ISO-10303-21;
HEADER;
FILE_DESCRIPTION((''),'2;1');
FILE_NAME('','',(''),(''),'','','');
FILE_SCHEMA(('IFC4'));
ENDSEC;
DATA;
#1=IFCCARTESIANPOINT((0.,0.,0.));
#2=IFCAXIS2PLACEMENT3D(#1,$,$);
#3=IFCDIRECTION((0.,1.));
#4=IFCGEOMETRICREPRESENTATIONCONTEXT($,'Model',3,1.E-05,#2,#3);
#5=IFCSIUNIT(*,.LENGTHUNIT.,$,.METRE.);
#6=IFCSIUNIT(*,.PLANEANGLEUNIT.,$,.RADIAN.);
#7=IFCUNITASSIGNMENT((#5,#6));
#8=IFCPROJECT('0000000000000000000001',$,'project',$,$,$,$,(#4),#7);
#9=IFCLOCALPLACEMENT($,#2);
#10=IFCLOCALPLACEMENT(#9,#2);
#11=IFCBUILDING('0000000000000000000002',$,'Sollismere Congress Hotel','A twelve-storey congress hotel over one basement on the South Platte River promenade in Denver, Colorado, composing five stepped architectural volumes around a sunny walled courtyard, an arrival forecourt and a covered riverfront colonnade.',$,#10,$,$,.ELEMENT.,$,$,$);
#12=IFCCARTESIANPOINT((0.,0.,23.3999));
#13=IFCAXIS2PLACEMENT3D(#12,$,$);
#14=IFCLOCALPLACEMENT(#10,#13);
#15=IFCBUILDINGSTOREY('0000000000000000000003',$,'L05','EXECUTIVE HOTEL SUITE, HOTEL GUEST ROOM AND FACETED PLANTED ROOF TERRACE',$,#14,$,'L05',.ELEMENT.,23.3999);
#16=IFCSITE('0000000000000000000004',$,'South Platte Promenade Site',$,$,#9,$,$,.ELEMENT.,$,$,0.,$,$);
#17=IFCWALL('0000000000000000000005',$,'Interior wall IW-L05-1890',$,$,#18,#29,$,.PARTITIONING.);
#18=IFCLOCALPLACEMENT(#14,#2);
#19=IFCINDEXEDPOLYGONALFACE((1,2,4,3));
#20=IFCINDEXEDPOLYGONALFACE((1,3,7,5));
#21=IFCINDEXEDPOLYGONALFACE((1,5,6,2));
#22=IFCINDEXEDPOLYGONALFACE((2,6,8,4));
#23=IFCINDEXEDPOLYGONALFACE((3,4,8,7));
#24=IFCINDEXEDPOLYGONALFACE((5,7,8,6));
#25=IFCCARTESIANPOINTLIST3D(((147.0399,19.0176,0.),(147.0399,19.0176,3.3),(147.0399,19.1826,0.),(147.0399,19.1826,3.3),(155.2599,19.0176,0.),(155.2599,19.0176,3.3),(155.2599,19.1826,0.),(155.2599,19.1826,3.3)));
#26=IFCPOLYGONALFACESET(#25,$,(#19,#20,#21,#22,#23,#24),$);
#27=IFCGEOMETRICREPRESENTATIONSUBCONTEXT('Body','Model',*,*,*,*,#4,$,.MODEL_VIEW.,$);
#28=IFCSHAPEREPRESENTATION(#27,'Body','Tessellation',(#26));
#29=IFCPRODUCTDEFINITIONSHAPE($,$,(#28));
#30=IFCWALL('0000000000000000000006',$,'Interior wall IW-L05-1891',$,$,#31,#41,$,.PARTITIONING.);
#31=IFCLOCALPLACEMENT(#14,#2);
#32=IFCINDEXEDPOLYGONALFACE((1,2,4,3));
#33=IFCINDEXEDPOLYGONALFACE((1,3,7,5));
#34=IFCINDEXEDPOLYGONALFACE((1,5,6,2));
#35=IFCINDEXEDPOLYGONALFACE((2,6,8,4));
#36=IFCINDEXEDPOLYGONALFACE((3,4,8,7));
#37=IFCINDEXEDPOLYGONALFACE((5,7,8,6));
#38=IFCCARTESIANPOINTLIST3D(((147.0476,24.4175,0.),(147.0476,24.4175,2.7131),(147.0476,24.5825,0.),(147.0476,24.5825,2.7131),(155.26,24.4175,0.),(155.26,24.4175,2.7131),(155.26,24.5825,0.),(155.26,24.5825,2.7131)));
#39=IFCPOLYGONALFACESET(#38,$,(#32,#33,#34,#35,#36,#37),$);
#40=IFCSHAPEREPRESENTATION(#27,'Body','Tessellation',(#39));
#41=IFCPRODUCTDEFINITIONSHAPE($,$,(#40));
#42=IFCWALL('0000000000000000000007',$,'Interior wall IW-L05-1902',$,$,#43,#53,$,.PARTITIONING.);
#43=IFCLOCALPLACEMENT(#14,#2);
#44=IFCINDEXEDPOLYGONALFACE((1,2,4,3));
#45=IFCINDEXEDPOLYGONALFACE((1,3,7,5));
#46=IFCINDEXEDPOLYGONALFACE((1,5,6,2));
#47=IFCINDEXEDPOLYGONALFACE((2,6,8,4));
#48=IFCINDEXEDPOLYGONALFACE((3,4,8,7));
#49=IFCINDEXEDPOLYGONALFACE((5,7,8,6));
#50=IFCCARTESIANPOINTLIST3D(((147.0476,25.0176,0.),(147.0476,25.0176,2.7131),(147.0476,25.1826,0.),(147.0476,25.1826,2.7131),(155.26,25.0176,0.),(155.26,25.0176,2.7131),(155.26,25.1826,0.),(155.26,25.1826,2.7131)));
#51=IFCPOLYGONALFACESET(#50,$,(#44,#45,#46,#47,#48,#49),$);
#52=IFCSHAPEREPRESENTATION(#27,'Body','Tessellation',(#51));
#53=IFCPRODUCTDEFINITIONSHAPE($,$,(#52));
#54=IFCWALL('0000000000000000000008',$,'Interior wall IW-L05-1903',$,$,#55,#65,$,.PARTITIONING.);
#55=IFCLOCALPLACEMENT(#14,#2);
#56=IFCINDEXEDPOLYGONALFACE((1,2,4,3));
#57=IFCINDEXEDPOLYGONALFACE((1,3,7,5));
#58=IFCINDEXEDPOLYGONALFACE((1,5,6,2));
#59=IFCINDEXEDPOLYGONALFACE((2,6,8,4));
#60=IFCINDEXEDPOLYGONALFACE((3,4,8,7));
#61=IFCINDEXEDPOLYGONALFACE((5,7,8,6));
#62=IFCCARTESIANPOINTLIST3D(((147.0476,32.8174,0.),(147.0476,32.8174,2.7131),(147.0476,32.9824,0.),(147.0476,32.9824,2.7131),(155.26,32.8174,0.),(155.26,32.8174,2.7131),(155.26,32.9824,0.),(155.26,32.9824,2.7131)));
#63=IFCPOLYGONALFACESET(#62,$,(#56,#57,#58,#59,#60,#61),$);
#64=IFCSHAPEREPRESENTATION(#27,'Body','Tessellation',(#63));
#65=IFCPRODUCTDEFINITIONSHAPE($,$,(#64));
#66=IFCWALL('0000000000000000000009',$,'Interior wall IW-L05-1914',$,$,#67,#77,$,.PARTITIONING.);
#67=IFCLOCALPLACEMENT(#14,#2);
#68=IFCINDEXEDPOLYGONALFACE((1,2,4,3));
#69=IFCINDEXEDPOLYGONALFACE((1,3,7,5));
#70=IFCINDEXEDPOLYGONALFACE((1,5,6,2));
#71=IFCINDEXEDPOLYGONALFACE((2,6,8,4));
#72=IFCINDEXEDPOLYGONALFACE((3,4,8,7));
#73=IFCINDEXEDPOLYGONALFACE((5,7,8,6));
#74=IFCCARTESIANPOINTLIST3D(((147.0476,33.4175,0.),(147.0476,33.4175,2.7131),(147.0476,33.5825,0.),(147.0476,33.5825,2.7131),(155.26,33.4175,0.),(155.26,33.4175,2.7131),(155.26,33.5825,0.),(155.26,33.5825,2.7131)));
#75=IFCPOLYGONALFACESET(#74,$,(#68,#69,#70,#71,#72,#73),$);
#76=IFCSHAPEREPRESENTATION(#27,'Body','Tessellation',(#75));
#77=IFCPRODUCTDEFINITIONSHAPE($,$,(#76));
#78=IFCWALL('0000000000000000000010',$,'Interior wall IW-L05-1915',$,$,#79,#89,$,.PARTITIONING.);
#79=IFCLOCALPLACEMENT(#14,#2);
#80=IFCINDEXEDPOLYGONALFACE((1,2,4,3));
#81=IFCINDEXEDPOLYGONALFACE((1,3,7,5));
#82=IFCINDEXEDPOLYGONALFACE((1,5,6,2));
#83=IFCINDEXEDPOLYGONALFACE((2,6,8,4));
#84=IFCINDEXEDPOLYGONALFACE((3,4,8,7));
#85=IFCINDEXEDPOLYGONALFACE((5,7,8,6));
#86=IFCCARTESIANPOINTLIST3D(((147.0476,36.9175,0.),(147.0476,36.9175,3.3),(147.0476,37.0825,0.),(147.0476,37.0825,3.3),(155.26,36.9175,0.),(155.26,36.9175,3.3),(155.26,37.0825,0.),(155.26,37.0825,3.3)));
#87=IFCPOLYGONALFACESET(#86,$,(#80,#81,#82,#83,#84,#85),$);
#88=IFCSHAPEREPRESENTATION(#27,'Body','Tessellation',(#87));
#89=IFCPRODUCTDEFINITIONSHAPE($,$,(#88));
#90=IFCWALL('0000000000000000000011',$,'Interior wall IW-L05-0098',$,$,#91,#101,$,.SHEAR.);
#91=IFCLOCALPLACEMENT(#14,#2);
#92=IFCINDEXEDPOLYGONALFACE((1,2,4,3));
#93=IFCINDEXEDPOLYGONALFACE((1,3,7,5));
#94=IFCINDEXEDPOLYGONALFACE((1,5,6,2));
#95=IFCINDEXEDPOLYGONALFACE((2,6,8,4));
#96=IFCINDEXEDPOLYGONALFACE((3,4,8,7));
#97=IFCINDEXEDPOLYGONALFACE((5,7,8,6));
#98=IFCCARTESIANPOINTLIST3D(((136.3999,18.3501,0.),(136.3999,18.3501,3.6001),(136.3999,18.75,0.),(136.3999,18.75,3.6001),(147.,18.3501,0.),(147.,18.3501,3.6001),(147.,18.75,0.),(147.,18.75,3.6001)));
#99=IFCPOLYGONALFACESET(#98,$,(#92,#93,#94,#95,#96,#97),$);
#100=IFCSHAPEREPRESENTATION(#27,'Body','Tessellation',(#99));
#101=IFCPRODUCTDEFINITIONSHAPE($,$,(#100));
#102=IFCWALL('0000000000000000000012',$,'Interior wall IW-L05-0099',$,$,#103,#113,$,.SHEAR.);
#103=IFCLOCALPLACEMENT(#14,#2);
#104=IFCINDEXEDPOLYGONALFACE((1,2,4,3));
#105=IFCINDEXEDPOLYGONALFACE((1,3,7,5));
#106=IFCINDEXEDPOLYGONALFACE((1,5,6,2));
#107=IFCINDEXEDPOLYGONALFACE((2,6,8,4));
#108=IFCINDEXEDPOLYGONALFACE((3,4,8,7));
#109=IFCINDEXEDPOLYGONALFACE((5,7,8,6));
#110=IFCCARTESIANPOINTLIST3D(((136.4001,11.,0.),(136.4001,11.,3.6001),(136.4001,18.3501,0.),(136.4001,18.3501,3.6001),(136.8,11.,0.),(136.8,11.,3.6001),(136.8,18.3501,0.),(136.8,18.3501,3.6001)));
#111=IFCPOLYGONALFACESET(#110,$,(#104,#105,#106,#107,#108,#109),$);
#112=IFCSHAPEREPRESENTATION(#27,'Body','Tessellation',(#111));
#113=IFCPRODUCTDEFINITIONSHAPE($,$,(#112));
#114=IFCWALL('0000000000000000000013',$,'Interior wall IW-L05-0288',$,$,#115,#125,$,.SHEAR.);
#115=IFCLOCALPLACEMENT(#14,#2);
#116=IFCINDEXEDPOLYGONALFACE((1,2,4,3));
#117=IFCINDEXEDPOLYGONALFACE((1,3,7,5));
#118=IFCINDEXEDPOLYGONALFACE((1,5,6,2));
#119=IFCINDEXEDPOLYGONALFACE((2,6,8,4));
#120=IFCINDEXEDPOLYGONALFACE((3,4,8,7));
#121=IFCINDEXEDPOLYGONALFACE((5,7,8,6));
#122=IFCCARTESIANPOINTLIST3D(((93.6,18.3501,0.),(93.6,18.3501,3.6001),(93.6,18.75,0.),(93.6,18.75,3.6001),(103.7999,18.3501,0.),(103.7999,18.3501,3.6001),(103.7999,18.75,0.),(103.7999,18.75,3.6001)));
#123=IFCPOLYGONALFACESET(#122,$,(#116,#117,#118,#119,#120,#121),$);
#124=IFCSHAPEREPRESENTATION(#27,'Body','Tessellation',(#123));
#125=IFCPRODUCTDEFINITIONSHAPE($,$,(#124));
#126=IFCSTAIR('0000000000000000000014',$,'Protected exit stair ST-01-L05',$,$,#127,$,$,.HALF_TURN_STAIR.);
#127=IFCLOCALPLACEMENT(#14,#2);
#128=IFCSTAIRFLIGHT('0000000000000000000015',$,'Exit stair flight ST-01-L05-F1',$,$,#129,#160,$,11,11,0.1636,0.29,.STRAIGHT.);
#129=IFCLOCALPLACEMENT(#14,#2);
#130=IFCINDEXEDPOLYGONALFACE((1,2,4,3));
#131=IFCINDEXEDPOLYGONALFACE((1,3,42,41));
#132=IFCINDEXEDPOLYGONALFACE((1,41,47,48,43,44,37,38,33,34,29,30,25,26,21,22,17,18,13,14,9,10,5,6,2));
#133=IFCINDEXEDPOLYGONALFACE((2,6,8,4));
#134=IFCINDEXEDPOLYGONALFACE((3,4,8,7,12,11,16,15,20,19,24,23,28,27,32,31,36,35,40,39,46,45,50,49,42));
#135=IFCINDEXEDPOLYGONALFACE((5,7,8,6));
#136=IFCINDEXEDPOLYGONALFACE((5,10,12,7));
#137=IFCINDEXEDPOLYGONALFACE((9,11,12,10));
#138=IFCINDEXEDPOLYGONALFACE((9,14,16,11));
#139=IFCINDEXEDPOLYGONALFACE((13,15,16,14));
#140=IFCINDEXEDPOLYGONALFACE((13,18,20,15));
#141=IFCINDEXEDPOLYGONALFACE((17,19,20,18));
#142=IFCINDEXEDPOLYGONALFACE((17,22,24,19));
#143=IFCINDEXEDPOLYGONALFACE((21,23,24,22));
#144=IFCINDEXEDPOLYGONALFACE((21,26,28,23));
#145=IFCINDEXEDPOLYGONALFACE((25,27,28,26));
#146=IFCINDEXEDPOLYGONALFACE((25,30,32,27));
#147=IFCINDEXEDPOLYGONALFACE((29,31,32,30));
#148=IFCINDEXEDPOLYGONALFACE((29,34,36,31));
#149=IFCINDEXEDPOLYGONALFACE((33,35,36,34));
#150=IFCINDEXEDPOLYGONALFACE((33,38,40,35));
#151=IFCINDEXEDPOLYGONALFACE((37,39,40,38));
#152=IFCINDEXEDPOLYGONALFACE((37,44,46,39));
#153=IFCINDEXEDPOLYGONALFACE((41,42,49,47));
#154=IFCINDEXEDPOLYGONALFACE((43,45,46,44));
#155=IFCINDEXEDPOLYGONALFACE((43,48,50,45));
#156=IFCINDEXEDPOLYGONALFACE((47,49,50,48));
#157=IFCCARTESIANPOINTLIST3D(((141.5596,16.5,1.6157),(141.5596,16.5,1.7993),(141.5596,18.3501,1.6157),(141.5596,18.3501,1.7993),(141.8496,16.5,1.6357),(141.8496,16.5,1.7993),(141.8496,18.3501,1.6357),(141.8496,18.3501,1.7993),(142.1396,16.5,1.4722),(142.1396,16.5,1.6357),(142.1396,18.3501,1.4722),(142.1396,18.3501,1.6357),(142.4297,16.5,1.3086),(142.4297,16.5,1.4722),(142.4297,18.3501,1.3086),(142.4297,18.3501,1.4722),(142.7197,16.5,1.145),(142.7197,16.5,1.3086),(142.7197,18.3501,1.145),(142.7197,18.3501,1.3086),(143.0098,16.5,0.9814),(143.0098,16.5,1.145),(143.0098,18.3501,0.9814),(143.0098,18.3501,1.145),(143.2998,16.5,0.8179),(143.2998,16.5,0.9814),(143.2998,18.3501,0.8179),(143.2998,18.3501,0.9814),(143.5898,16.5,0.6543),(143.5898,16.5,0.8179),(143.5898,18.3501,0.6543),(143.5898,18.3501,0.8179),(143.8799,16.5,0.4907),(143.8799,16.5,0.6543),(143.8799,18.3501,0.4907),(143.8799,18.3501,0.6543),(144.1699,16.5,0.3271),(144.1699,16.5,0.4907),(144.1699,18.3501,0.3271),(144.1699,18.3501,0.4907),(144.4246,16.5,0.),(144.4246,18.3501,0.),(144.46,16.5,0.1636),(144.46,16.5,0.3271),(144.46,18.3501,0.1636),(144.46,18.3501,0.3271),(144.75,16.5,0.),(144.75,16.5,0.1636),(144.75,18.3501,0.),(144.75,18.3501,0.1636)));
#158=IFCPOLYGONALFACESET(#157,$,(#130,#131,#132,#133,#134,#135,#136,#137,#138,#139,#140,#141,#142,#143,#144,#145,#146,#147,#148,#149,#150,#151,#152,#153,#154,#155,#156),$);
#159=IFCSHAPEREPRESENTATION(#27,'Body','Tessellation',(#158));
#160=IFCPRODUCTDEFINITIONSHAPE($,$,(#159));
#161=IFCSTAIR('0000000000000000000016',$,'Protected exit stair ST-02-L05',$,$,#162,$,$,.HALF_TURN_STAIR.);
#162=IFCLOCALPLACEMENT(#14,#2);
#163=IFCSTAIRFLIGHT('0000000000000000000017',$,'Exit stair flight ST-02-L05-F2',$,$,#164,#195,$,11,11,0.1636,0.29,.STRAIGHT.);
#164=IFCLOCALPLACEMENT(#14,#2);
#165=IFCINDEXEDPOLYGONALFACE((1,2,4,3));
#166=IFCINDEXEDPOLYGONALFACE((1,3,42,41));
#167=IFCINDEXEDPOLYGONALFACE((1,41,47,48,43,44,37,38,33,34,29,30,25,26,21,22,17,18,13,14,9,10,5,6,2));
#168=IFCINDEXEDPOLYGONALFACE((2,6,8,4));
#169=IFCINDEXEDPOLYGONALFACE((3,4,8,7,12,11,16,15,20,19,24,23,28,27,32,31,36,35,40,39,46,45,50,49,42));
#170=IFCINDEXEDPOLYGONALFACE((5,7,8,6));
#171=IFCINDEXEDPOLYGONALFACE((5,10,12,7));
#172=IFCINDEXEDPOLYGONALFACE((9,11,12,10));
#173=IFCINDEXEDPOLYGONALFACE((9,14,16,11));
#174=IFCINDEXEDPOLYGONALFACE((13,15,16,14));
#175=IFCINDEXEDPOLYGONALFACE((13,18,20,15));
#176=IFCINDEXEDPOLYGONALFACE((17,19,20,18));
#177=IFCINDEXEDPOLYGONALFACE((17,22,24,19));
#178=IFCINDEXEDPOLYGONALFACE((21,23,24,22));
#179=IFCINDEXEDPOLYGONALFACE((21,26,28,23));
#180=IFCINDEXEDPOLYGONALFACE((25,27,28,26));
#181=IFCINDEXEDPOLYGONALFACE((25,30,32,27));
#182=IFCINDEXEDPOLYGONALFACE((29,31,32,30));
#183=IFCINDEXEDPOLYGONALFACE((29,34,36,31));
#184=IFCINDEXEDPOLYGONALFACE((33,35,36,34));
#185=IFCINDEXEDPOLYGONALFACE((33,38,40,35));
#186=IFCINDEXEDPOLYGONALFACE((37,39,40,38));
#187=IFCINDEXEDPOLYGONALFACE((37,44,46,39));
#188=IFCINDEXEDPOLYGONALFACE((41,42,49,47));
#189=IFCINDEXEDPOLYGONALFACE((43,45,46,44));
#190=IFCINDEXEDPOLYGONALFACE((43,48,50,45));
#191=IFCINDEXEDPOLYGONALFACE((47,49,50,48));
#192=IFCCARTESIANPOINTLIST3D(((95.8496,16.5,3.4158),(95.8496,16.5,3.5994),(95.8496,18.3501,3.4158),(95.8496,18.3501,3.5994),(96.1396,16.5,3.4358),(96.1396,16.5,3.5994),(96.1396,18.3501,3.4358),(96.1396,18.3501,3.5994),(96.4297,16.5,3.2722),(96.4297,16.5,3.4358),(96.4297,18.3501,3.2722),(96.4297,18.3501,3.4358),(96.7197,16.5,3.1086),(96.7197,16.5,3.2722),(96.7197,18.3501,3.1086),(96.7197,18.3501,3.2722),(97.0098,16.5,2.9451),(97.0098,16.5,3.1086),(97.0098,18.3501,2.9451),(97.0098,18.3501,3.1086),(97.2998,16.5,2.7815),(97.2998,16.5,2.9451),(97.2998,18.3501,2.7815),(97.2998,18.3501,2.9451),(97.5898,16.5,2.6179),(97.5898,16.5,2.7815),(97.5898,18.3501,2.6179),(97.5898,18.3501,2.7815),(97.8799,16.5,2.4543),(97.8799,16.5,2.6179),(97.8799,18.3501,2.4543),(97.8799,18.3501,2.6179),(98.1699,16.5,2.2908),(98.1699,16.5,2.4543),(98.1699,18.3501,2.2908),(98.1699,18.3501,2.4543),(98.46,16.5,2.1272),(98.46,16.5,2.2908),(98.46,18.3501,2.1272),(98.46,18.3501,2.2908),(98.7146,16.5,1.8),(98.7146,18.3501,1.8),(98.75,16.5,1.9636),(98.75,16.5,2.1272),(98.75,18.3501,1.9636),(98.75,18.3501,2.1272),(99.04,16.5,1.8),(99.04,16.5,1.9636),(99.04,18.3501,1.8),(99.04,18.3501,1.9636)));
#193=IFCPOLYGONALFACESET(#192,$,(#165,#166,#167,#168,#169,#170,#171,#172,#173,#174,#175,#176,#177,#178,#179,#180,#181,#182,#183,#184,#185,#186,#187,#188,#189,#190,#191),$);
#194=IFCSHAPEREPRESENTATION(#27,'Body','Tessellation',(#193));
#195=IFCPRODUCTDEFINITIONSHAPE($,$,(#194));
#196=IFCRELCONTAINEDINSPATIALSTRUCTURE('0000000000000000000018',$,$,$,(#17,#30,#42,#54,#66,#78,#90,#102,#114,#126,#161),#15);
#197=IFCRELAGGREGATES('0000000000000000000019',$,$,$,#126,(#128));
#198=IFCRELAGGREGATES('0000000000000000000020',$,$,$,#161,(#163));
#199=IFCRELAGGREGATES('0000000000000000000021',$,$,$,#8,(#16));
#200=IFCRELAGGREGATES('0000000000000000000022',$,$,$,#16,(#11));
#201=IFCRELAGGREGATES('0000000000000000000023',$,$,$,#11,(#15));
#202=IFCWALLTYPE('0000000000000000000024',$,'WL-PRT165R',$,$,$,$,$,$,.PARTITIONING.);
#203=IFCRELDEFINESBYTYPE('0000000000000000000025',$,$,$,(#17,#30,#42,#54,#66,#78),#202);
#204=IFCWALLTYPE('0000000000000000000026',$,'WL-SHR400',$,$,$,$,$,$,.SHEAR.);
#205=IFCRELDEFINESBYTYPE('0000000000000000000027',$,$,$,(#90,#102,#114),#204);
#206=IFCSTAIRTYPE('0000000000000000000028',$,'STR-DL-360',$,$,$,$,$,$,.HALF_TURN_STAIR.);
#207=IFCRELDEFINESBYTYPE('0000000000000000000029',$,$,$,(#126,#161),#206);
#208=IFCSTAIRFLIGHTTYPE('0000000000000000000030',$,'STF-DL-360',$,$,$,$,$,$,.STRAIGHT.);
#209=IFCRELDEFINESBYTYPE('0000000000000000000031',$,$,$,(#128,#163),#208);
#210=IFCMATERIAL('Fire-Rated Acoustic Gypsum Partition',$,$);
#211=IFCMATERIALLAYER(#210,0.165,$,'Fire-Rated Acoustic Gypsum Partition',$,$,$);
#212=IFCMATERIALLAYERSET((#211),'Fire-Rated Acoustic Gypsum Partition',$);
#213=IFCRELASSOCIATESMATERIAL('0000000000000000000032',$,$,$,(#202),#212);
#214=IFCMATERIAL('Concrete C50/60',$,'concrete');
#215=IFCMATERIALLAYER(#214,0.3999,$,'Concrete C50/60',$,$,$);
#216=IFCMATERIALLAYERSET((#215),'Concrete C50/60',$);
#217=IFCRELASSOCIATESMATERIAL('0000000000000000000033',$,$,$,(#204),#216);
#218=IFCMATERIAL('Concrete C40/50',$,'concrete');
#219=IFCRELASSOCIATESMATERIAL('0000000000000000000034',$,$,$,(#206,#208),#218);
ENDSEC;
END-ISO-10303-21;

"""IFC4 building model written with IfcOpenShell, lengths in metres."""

from ifc_helpers import new_model, si_unit, direction, frame, frame_2d, origin, place, context, subcontext, project, spatial, polyline, rectangle, outline, extrude, material, layer, layer_set, type_object, element, aggregate, save


model = new_model("IFC4")

# Units and contexts
model_context = context("Model", 3, precision=1e-05, world=origin(), true_north=direction((0.0, 1.0)))
body_context = subcontext(model_context, "Body", "Model", "MODEL_VIEW")
ifc_project = project(units=[si_unit("LENGTHUNIT", "METRE"), si_unit("PLANEANGLEUNIT", "RADIAN")], contexts=[model_context])

# Site, building, storey
site_placement = place(None, origin())
site = spatial("IfcSite", under=ifc_project, at=site_placement, Name="South Platte Promenade Site", CompositionType="ELEMENT", RefElevation=0.0)
building_placement = place(site_placement, origin())
building = spatial("IfcBuilding", under=site, at=building_placement, Name="Sollismere Congress Hotel", Description="A twelve-storey congress hotel over one basement on the South Platte River promenade in Denver, Colorado, composing five stepped architectural volumes around a sunny walled courtyard, an arrival forecourt and a covered riverfront colonnade.", CompositionType="ELEMENT")
storey_placement = place(building_placement, frame((0.0, 0.0, 23.3999)))
storey = spatial("IfcBuildingStorey", under=building, at=storey_placement, Name="L05", Description="EXECUTIVE HOTEL SUITE, HOTEL GUEST ROOM AND FACETED PLANTED ROOF TERRACE", LongName="L05", CompositionType="ELEMENT", Elevation=23.3999)

# Walls
ifc_material_1 = material(Name="Fire-Rated Acoustic Gypsum Partition")
ifc_layer_1 = layer(ifc_material_1, 0.165, Name="Fire-Rated Acoustic Gypsum Partition")
ifc_layer_set_1 = layer_set([ifc_layer_1], Name="Fire-Rated Acoustic Gypsum Partition")
wall_type_1 = type_object("IfcWallType", Name="WL-PRT165R", PredefinedType="PARTITIONING", material=ifc_layer_set_1)
wall_1_placement = place(storey_placement, frame((147.04, 19.1001, 0.0), z_axis=(0.0, 0.0, 1.0), x_axis=(1.0, 0.0, 0.0)))
element("IfcWall", 1, at=wall_1_placement, inside=storey, type_object=wall_type_1, Name="Interior wall IW-L05-1890", PredefinedType="PARTITIONING", context=body_context, shape_type="SweptSolid", body=[
    extrude(rectangle(XDim=8.22, YDim=0.165, at=frame_2d((4.1099, 0.0))), origin(), (0.0, 0.0, 1.0), 3.3),
])
for number, where, z_axis, x_axis, name in (
    (2, (147.0476, 24.5, 0.0), (0.0, 0.0, 1.0), (1.0, 0.0, 0.0), "Interior wall IW-L05-1891"),
    (3, (147.0476, 25.1001, 0.0), (0.0, 0.0, 1.0), (1.0, 0.0, 0.0), "Interior wall IW-L05-1902"),
    (4, (147.0476, 32.8999, 0.0), (0.0, 0.0, 1.0), (1.0, 0.0, 0.0), "Interior wall IW-L05-1903"),
    (5, (147.0476, 33.5, 0.0), (0.0, 0.0, 1.0), (1.0, 0.0, 0.0), "Interior wall IW-L05-1914"),
):
    element("IfcWall", number, at=place(storey_placement, frame(where, z_axis=z_axis, x_axis=x_axis)), inside=storey, type_object=wall_type_1, Name=name, PredefinedType="PARTITIONING", context=body_context, shape_type="SweptSolid", body=[
        extrude(rectangle(XDim=8.2124, YDim=0.165, at=frame_2d((4.1062, 0.0))), origin(), (0.0, 0.0, 1.0), 2.7131),
    ])
wall_2_placement = place(storey_placement, frame((147.0476, 37.0, 0.0), z_axis=(0.0, 0.0, 1.0), x_axis=(1.0, 0.0, 0.0)))
element("IfcWall", 6, at=wall_2_placement, inside=storey, type_object=wall_type_1, Name="Interior wall IW-L05-1915", PredefinedType="PARTITIONING", context=body_context, shape_type="SweptSolid", body=[
    extrude(rectangle(XDim=8.2124, YDim=0.165, at=frame_2d((4.1062, 0.0))), origin(), (0.0, 0.0, 1.0), 3.3),
])
ifc_material_2 = material(Name="Concrete C50/60", Category="concrete")
ifc_layer_2 = layer(ifc_material_2, 0.3999, Name="Concrete C50/60")
ifc_layer_set_2 = layer_set([ifc_layer_2], Name="Concrete C50/60")
wall_type_2 = type_object("IfcWallType", Name="WL-SHR400", PredefinedType="SHEAR", material=ifc_layer_set_2)
wall_3_placement = place(storey_placement, frame((147.0, 18.55, 0.0), z_axis=(0.0, 0.0, 1.0), x_axis=(-1.0, 0.0, 0.0)))
element("IfcWall", 7, at=wall_3_placement, inside=storey, type_object=wall_type_2, Name="Interior wall IW-L05-0098", PredefinedType="SHEAR", context=body_context, shape_type="SweptSolid", body=[
    extrude(rectangle(XDim=10.6001, YDim=0.3999, at=frame_2d((5.3, 0.0))), origin(), (0.0, 0.0, 1.0), 3.6001),
])
wall_4_placement = place(storey_placement, frame((136.6001, 18.3501, 0.0), z_axis=(0.0, 0.0, 1.0), x_axis=(0.0, -1.0, 0.0)))
element("IfcWall", 8, at=wall_4_placement, inside=storey, type_object=wall_type_2, Name="Interior wall IW-L05-0099", PredefinedType="SHEAR", context=body_context, shape_type="SweptSolid", body=[
    extrude(rectangle(XDim=7.3501, YDim=0.3999, at=frame_2d((3.675, 0.0))), origin(), (0.0, 0.0, 1.0), 3.6001),
])
wall_5_placement = place(storey_placement, frame((103.8, 18.55, 0.0), z_axis=(0.0, 0.0, 1.0), x_axis=(-1.0, 0.0, 0.0)))
element("IfcWall", 9, at=wall_5_placement, inside=storey, type_object=wall_type_2, Name="Interior wall IW-L05-0288", PredefinedType="SHEAR", context=body_context, shape_type="SweptSolid", body=[
    extrude(rectangle(XDim=10.2, YDim=0.3999, at=frame_2d((5.1001, 0.0))), origin(), (0.0, 0.0, 1.0), 3.6001),
])

# Stairs, stair flights
ifc_material_3 = material(Name="Concrete C40/50", Category="concrete")
stair_type = type_object("IfcStairType", Name="STR-DL-360", PredefinedType="HALF_TURN_STAIR", material=ifc_material_3)
stair_1_placement = place(storey_placement, origin())
stair_1 = element("IfcStair", 10, at=stair_1_placement, inside=storey, type_object=stair_type, Name="Protected exit stair ST-01-L05", PredefinedType="HALF_TURN_STAIR")
stair_flight_type = type_object("IfcStairFlightType", Name="STF-DL-360", PredefinedType="STRAIGHT", material=ifc_material_3)
stair_flight_1_placement = place(storey_placement, frame((144.75, 17.425, 0.0), z_axis=(0.0, 0.0, 1.0), x_axis=(-1.0, 0.0, 0.0)))
stair_flight_1 = element("IfcStairFlight", 11, at=stair_flight_1_placement, type_object=stair_flight_type, Name="Exit stair flight ST-01-L05-F1", NumberOfRisers=11, NumberOfTreads=11, PredefinedType="STRAIGHT", RiserHeight=0.1636, TreadLength=0.29, context=body_context, shape_type="SweptSolid", body=[
    extrude(outline(polyline([(0.0, 0.0), (0.0, 0.1636), (0.29, 0.1636), (0.29, 0.3271), (0.5801, 0.3271), (0.5801, 0.4907), (0.8701, 0.4907), (0.8701, 0.6543), (1.1602, 0.6543), (1.1602, 0.8179), (1.4502, 0.8179), (1.4502, 0.9814), (1.7402, 0.9814), (1.7402, 1.145), (2.0303, 1.145), (2.0303, 1.3086), (2.3203, 1.3086), (2.3203, 1.4722), (2.6104, 1.4722), (2.6104, 1.6357), (2.9004, 1.6357), (2.9004, 1.7993), (3.1904, 1.7993), (3.1904, 1.6157), (0.3254, 0.0), (0.0, 0.0)])), frame((0.0, 0.925, 0.0), z_axis=(0.0, -1.0, 0.0), x_axis=(1.0, 0.0, 0.0)), (0.0, 0.0, 1.0), 1.8501),
])
aggregate(stair_1, [stair_flight_1])
stair_2_placement = place(storey_placement, origin())
stair_2 = element("IfcStair", 12, at=stair_2_placement, inside=storey, type_object=stair_type, Name="Protected exit stair ST-02-L05", PredefinedType="HALF_TURN_STAIR")
stair_flight_2_placement = place(storey_placement, frame((99.04, 17.425, 1.8), z_axis=(0.0, 0.0, 1.0), x_axis=(-1.0, 0.0, 0.0)))
stair_flight_2 = element("IfcStairFlight", 13, at=stair_flight_2_placement, type_object=stair_flight_type, Name="Exit stair flight ST-02-L05-F2", NumberOfRisers=11, NumberOfTreads=11, PredefinedType="STRAIGHT", RiserHeight=0.1636, TreadLength=0.29, context=body_context, shape_type="SweptSolid", body=[
    extrude(outline(polyline([(0.0, 0.0), (0.0, 0.1636), (0.29, 0.1636), (0.29, 0.3271), (0.5801, 0.3271), (0.5801, 0.4907), (0.8701, 0.4907), (0.8701, 0.6543), (1.1602, 0.6543), (1.1602, 0.8179), (1.4502, 0.8179), (1.4502, 0.9814), (1.7402, 0.9814), (1.7402, 1.145), (2.0303, 1.145), (2.0303, 1.3086), (2.3203, 1.3086), (2.3203, 1.4722), (2.6104, 1.4722), (2.6104, 1.6357), (2.9004, 1.6357), (2.9004, 1.7993), (3.1904, 1.7993), (3.1904, 1.6157), (0.3254, 0.0), (0.0, 0.0)])), frame((0.0, 0.925, 0.0), z_axis=(0.0, -1.0, 0.0), x_axis=(1.0, 0.0, 0.0)), (0.0, 0.0, 1.0), 1.8501),
])
aggregate(stair_2, [stair_flight_2])

save(model, "model.ifc")
